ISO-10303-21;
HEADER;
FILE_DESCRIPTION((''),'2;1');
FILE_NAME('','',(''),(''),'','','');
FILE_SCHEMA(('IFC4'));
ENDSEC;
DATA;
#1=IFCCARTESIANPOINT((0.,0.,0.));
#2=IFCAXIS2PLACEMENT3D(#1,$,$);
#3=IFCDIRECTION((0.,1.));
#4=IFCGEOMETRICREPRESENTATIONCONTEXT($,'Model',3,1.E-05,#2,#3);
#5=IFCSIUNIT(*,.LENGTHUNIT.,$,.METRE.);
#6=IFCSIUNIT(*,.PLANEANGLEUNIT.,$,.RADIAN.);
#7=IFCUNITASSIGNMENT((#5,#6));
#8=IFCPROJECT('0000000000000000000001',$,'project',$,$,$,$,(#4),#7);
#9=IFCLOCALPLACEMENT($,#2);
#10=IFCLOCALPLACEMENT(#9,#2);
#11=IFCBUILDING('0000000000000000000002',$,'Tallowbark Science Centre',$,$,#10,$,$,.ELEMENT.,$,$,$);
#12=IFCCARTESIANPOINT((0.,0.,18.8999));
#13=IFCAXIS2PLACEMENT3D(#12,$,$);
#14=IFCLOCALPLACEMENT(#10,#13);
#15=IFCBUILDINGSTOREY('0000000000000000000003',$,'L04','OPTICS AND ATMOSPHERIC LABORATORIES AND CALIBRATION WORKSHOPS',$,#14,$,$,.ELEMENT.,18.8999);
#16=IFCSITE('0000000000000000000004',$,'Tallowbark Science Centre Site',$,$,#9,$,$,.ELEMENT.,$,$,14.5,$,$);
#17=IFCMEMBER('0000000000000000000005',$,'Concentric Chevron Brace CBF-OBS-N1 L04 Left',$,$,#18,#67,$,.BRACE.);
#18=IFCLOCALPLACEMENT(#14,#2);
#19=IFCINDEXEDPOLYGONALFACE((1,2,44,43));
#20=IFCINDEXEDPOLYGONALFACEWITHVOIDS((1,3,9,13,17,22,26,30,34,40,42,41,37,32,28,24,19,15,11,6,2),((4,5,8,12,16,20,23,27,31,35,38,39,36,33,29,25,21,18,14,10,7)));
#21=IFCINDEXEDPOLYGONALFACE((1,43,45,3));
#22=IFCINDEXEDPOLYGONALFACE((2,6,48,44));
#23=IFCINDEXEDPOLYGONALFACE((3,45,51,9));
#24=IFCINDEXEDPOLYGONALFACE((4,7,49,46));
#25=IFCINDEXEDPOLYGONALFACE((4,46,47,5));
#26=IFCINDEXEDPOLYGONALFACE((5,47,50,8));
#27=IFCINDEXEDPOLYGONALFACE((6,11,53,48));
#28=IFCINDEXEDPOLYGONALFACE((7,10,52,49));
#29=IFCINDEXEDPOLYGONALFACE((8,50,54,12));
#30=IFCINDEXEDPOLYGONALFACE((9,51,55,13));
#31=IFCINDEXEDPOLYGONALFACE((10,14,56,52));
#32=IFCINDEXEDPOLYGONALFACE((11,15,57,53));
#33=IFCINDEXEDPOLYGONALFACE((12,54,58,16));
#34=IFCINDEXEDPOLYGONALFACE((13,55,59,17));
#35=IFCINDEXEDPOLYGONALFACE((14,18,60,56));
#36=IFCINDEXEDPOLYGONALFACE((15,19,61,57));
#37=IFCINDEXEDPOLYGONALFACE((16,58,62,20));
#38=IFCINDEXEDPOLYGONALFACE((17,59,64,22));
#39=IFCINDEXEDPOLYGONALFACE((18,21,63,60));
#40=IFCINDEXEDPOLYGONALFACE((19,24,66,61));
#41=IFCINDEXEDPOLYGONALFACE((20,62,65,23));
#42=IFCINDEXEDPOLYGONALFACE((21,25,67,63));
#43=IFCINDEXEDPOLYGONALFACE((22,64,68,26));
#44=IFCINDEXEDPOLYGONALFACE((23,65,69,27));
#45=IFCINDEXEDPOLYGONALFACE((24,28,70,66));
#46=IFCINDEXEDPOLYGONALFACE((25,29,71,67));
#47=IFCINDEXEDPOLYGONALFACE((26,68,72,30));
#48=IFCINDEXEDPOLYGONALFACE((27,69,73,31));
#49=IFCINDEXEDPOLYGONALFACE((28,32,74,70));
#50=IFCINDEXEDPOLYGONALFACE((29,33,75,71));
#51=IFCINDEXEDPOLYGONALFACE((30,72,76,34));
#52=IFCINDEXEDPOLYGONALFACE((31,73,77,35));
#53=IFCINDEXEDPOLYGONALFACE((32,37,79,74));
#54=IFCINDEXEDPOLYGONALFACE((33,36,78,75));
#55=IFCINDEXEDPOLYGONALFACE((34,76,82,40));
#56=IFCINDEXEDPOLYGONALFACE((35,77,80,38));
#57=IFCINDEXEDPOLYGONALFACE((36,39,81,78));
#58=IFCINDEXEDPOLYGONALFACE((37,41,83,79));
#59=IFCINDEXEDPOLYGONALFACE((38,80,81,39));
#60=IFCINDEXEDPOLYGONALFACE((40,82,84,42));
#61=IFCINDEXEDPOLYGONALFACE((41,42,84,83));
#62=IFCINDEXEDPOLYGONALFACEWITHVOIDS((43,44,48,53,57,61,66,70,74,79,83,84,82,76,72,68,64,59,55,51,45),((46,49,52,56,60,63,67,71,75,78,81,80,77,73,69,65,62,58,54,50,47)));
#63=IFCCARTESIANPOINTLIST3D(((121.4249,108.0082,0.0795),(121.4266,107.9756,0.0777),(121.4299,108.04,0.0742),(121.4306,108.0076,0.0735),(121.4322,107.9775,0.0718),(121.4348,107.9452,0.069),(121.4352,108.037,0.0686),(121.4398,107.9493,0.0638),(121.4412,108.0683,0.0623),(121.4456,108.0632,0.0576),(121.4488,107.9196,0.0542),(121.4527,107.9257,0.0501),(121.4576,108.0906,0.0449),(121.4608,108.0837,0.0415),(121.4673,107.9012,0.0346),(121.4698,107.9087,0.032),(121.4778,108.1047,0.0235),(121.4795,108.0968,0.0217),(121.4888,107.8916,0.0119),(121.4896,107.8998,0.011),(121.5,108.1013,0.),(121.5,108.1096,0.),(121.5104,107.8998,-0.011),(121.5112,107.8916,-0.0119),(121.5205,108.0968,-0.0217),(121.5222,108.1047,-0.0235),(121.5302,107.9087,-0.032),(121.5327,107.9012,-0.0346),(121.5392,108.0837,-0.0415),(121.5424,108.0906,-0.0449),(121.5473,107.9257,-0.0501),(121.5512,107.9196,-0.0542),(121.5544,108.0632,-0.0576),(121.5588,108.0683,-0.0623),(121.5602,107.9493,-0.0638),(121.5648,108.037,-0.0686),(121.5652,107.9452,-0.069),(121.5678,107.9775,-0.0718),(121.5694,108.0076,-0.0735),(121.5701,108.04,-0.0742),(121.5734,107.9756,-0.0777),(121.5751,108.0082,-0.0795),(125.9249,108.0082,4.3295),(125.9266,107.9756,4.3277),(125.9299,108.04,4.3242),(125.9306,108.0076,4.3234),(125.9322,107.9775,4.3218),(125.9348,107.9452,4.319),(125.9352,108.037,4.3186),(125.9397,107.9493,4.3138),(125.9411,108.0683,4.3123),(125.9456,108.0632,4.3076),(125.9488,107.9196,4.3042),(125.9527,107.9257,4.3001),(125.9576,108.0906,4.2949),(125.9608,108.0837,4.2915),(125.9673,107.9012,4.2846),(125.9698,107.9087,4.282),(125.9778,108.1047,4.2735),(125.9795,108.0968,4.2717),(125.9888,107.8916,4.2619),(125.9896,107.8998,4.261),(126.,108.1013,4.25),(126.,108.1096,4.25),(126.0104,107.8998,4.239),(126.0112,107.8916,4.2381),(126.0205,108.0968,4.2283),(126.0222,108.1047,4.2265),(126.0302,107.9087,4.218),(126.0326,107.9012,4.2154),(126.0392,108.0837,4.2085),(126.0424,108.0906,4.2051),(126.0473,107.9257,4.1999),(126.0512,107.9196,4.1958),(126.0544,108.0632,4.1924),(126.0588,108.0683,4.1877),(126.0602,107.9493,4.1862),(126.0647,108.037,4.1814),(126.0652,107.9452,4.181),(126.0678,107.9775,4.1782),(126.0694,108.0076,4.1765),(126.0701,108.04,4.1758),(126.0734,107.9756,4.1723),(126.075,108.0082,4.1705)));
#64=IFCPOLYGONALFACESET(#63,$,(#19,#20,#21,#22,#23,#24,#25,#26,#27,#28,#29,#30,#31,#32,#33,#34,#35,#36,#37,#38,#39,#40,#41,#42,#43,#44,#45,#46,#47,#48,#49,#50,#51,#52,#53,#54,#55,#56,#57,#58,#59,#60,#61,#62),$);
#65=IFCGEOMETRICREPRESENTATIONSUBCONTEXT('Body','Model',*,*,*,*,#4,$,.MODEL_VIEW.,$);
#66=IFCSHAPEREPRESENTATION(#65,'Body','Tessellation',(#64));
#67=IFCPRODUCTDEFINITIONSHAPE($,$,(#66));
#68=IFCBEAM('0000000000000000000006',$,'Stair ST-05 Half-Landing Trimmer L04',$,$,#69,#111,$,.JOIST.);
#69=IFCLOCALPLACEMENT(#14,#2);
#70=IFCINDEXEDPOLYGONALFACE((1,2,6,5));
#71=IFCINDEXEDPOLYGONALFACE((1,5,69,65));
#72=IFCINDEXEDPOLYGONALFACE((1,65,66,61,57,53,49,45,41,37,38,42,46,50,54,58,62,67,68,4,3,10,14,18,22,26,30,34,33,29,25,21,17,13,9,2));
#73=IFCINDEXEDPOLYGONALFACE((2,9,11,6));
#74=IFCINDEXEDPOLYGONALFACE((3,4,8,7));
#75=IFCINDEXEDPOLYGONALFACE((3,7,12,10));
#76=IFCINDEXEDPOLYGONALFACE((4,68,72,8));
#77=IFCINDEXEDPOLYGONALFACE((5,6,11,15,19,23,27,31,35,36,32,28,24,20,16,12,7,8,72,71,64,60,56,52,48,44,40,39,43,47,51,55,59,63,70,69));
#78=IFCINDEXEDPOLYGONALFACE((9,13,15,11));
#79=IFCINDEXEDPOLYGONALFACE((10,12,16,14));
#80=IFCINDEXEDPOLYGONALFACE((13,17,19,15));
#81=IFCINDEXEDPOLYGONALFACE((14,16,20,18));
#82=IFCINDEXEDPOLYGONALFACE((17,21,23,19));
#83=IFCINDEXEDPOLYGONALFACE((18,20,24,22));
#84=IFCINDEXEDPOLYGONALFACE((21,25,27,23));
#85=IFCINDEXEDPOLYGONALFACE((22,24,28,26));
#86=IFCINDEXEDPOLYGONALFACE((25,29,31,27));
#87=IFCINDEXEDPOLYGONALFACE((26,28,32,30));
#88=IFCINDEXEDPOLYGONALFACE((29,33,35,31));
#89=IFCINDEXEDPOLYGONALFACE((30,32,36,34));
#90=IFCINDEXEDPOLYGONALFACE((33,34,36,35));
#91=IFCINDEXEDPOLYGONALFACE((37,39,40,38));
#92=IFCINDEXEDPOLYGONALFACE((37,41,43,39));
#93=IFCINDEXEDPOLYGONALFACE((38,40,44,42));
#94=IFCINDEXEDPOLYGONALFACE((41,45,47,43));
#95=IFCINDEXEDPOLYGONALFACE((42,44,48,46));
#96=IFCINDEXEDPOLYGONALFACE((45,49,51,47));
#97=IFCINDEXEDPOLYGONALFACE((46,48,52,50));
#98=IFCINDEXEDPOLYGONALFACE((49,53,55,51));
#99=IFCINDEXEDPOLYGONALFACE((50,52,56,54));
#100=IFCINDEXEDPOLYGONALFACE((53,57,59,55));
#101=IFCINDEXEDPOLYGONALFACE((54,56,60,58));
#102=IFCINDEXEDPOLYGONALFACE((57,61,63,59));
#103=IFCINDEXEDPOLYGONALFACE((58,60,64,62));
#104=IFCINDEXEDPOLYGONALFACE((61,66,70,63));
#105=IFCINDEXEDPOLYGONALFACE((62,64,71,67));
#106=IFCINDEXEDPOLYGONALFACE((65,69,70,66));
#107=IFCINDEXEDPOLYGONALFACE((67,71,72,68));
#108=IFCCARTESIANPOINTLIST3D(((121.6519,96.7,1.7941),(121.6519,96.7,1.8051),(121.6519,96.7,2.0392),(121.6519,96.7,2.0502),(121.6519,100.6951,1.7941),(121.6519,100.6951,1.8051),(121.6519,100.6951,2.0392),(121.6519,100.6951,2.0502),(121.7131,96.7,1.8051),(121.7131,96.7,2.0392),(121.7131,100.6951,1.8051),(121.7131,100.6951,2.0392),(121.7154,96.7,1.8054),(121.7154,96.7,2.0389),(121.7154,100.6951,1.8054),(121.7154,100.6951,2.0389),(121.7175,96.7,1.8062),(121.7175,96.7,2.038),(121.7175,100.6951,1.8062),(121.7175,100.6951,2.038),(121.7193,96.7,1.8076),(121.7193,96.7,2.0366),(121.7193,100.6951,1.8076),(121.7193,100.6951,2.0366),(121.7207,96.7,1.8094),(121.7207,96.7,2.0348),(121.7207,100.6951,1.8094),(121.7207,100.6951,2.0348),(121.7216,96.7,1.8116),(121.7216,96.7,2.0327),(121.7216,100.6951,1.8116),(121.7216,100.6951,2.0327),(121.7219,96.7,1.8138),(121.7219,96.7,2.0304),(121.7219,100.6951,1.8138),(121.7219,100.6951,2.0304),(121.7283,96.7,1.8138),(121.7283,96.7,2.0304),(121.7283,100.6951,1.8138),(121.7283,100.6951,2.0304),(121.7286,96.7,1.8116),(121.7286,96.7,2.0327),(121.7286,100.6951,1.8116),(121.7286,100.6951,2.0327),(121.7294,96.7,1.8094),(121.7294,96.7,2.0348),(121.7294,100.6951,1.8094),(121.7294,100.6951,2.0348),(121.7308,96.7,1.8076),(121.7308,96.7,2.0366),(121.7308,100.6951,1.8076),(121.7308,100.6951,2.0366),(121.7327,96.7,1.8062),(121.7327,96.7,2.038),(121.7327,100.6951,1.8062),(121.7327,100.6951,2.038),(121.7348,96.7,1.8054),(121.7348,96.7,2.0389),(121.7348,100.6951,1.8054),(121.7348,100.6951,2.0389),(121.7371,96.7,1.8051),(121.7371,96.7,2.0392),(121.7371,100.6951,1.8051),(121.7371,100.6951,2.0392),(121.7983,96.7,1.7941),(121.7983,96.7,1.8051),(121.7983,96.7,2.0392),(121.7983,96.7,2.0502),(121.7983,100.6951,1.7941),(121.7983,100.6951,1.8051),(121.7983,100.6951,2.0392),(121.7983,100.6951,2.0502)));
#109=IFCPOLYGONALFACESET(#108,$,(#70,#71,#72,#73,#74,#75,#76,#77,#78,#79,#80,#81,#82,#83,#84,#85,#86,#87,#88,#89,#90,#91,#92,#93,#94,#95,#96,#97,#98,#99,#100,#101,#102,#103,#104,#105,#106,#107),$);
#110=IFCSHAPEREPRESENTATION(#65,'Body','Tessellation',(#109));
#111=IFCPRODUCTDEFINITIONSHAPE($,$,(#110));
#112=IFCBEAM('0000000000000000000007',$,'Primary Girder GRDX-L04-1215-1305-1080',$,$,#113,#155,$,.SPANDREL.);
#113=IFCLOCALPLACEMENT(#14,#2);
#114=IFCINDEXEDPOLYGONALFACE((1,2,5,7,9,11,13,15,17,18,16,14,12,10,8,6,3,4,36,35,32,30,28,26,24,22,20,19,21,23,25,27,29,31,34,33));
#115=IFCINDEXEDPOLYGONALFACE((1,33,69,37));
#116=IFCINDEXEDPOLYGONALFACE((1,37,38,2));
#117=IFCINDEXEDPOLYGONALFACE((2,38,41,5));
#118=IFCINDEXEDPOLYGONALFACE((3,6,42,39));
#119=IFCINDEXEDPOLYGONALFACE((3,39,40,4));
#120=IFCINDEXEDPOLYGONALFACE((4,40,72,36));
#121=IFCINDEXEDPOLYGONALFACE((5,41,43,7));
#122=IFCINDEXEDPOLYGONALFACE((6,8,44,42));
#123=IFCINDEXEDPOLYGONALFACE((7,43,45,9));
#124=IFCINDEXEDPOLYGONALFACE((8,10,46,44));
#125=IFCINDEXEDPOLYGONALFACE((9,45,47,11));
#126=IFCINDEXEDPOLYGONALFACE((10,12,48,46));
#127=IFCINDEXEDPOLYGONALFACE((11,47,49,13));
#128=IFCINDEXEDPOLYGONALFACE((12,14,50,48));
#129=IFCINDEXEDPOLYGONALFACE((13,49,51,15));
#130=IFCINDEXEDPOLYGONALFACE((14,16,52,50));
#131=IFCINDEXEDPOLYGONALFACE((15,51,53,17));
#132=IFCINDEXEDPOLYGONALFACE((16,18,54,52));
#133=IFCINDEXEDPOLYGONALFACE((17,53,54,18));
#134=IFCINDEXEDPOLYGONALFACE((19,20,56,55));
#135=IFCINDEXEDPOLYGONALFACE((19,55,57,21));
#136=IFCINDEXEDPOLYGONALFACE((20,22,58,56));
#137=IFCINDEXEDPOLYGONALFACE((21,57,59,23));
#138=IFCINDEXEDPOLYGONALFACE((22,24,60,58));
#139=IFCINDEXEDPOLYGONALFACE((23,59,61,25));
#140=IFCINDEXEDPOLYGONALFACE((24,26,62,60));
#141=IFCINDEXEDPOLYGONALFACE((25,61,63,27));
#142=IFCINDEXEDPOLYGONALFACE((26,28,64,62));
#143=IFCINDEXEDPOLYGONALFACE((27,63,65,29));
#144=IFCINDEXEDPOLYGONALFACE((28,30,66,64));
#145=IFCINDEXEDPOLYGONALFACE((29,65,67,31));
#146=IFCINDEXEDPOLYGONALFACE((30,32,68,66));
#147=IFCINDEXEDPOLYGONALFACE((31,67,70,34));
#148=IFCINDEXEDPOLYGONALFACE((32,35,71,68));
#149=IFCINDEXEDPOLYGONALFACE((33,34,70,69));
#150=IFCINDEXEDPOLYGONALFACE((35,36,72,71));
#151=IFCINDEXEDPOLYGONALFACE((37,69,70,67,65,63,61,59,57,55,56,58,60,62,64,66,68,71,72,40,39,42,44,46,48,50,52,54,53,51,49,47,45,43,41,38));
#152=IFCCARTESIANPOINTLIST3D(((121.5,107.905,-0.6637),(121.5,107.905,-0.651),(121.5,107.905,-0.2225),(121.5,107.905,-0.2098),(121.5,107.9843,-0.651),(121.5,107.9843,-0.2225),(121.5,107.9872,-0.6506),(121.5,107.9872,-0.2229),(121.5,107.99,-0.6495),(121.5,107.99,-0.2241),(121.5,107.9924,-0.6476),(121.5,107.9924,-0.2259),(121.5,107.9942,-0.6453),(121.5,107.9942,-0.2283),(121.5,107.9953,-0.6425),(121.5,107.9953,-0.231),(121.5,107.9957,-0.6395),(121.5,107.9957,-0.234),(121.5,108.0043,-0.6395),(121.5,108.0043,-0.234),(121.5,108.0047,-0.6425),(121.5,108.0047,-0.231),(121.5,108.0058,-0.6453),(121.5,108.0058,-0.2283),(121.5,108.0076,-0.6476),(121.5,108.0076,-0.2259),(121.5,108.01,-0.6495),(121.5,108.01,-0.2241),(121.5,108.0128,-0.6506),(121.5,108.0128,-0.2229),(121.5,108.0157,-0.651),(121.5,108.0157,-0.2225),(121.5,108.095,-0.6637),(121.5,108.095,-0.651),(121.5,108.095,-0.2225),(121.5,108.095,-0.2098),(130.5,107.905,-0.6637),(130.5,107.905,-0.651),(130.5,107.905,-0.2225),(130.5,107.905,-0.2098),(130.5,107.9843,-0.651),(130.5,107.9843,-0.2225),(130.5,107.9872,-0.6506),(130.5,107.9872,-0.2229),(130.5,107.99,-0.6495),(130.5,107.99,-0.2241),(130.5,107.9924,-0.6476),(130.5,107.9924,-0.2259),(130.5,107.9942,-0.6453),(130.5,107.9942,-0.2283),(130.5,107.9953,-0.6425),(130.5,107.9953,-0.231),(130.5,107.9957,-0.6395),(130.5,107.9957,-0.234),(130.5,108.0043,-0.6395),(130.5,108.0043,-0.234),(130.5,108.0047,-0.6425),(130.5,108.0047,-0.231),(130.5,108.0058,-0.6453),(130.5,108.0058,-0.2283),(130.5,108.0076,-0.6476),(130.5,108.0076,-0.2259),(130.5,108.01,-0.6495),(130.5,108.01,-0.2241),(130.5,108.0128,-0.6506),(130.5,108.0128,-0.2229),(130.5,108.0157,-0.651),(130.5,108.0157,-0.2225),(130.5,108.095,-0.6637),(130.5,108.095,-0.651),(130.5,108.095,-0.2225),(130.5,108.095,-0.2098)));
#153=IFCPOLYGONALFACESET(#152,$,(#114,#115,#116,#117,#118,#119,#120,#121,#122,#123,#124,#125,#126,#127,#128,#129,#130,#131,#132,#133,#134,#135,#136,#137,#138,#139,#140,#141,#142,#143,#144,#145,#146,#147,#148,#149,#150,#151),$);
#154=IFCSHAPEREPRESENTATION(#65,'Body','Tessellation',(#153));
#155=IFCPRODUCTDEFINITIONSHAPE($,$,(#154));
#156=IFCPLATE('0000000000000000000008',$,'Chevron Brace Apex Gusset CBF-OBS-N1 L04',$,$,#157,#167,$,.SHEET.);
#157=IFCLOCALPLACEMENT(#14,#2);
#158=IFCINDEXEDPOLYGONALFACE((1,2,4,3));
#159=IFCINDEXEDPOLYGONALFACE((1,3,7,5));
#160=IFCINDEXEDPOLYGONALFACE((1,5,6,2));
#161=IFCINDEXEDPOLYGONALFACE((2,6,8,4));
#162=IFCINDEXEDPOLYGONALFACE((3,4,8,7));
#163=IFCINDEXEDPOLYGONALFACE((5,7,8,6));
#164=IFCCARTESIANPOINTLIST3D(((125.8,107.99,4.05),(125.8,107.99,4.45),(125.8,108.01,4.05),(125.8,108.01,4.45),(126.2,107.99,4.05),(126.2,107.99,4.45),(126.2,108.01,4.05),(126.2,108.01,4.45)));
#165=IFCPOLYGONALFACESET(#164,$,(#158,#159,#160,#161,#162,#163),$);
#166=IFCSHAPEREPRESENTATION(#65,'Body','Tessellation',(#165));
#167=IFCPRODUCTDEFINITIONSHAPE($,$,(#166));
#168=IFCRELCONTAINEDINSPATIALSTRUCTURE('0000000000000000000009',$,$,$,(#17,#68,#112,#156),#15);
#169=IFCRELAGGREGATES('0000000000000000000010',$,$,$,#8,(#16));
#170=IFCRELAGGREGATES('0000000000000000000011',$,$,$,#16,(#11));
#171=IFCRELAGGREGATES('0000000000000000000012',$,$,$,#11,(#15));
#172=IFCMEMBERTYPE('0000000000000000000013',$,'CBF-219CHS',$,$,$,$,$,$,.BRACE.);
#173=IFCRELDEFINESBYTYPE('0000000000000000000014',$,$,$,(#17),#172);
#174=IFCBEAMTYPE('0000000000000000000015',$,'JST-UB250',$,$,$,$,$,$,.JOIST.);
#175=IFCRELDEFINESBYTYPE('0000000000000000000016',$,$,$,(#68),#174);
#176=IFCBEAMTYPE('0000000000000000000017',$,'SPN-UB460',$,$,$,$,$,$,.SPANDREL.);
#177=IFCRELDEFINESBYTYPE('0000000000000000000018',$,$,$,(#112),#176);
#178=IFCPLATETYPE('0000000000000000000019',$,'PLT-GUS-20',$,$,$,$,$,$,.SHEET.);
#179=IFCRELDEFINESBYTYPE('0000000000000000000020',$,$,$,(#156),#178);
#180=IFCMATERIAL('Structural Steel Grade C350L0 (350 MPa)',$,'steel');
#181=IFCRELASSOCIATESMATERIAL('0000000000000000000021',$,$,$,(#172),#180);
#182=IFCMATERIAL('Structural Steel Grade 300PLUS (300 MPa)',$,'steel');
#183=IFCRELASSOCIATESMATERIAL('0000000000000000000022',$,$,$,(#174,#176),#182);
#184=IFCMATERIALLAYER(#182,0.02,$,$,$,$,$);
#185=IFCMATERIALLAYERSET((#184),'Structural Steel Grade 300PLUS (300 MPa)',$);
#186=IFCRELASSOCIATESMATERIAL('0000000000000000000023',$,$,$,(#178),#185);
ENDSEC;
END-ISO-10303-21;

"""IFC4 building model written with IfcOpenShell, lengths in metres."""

from ifc_helpers import new_model, si_unit, direction, frame, origin, origin_2d, place, context, subcontext, project, spatial, rectangle, hollow_circle, i_section, extrude, material, layer, layer_set, material_profile, profile_set, type_object, element, save


model = new_model("IFC4")

# Units and contexts
model_context = context("Model", 3, precision=1e-05, world=origin(), true_north=direction((0.0, 1.0)))
body_context = subcontext(model_context, "Body", "Model", "MODEL_VIEW")
ifc_project = project(units=[si_unit("LENGTHUNIT", "METRE"), si_unit("PLANEANGLEUNIT", "RADIAN")], contexts=[model_context])

# Site, building, storey
site_placement = place(None, origin())
site = spatial("IfcSite", under=ifc_project, at=site_placement, Name="Tallowbark Science Centre Site", CompositionType="ELEMENT", RefElevation=14.5)
building_placement = place(site_placement, origin())
building = spatial("IfcBuilding", under=site, at=building_placement, Name="Tallowbark Science Centre", CompositionType="ELEMENT")
storey_placement = place(building_placement, frame((0.0, 0.0, 18.8999)))
storey = spatial("IfcBuildingStorey", under=building, at=storey_placement, Name="L04", Description="OPTICS AND ATMOSPHERIC LABORATORIES AND CALIBRATION WORKSHOPS", CompositionType="ELEMENT", Elevation=18.8999)

# Shared definitions
ifc_material_1 = material(Name="Structural Steel Grade 300PLUS (300 MPa)", Category="steel")

# Member
ifc_material_2 = material(Name="Structural Steel Grade C350L0 (350 MPa)", Category="steel")
ifc_material_profile_1 = material_profile(ifc_material_2, hollow_circle(Radius=0.1096, WallThickness=0.0083, at=origin_2d()), Name="219.1x8.2CHS")
ifc_profile_set_1 = profile_set([ifc_material_profile_1], Name="Structural Steel Grade C350L0 (350 MPa)")
member_type = type_object("IfcMemberType", Name="CBF-219CHS", PredefinedType="BRACE", material=ifc_profile_set_1)
member_placement = place(storey_placement, frame((121.5, 108.0, 0.0), z_axis=(0.727013, 0.0, 0.686624), x_axis=(0.0, 1.0, 0.0)))
element("IfcMember", 1, at=member_placement, inside=storey, type_object=member_type, Name="Concentric Chevron Brace CBF-OBS-N1 L04 Left", PredefinedType="BRACE", context=body_context, shape_type="SweptSolid", body=[
    extrude(hollow_circle(Radius=0.1096, WallThickness=0.0083, at=origin_2d()), origin(), (0.0, 0.0, 1.0), 6.1897),
])

# Beams
ifc_material_profile_2 = material_profile(ifc_material_1, i_section(OverallWidth=0.1465, OverallDepth=0.2561, WebThickness=0.0063, FlangeThickness=0.011, FilletRadius=0.0088, at=origin_2d()), Name="250UB37.3")
ifc_profile_set_2 = profile_set([ifc_material_profile_2], Name="Structural Steel Grade 300PLUS (300 MPa)")
beam_type_1 = type_object("IfcBeamType", Name="JST-UB250", PredefinedType="JOIST", material=ifc_profile_set_2)
beam_1_placement = place(storey_placement, frame((121.7251, 96.7, 1.9221), z_axis=(0.0, 1.0, 0.0), x_axis=(-1.0, 0.0, 0.0)))
element("IfcBeam", 2, at=beam_1_placement, inside=storey, type_object=beam_type_1, Name="Stair ST-05 Half-Landing Trimmer L04", PredefinedType="JOIST", context=body_context, shape_type="SweptSolid", body=[
    extrude(i_section(OverallWidth=0.1465, OverallDepth=0.2561, WebThickness=0.0063, FlangeThickness=0.011, FilletRadius=0.0088, at=origin_2d()), origin(), (0.0, 0.0, 1.0), 3.9951),
])
ifc_material_profile_3 = material_profile(ifc_material_1, i_section(OverallWidth=0.1899, OverallDepth=0.4539, WebThickness=0.0085, FlangeThickness=0.0127, FilletRadius=0.0115, at=origin_2d()), Name="460UB67.1")
ifc_profile_set_3 = profile_set([ifc_material_profile_3], Name="Structural Steel Grade 300PLUS (300 MPa)")
beam_type_2 = type_object("IfcBeamType", Name="SPN-UB460", PredefinedType="SPANDREL", material=ifc_profile_set_3)
beam_2_placement = place(storey_placement, frame((121.5, 108.0, -0.4368), z_axis=(1.0, 0.0, 0.0), x_axis=(0.0, 1.0, 0.0)))
element("IfcBeam", 3, at=beam_2_placement, inside=storey, type_object=beam_type_2, Name="Primary Girder GRDX-L04-1215-1305-1080", PredefinedType="SPANDREL", context=body_context, shape_type="SweptSolid", body=[
    extrude(i_section(OverallWidth=0.1899, OverallDepth=0.4539, WebThickness=0.0085, FlangeThickness=0.0127, FilletRadius=0.0115, at=origin_2d()), origin(), (0.0, 0.0, 1.0), 9.0),
])

# Plate
ifc_layer_1 = layer(ifc_material_1, 0.02)
ifc_layer_set_1 = layer_set([ifc_layer_1], Name="Structural Steel Grade 300PLUS (300 MPa)")
plate_type = type_object("IfcPlateType", Name="PLT-GUS-20", PredefinedType="SHEET", material=ifc_layer_set_1)
plate_placement = place(storey_placement, frame((126.0, 108.0, 4.05), z_axis=(0.0, 0.0, 1.0), x_axis=(1.0, 0.0, 0.0)))
element("IfcPlate", 4, at=plate_placement, inside=storey, type_object=plate_type, Name="Chevron Brace Apex Gusset CBF-OBS-N1 L04", PredefinedType="SHEET", context=body_context, shape_type="SweptSolid", body=[
    extrude(rectangle(XDim=0.3999, YDim=0.02, at=origin_2d()), origin(), (0.0, 0.0, 1.0), 0.3999),
])

save(model, "model.ifc")
